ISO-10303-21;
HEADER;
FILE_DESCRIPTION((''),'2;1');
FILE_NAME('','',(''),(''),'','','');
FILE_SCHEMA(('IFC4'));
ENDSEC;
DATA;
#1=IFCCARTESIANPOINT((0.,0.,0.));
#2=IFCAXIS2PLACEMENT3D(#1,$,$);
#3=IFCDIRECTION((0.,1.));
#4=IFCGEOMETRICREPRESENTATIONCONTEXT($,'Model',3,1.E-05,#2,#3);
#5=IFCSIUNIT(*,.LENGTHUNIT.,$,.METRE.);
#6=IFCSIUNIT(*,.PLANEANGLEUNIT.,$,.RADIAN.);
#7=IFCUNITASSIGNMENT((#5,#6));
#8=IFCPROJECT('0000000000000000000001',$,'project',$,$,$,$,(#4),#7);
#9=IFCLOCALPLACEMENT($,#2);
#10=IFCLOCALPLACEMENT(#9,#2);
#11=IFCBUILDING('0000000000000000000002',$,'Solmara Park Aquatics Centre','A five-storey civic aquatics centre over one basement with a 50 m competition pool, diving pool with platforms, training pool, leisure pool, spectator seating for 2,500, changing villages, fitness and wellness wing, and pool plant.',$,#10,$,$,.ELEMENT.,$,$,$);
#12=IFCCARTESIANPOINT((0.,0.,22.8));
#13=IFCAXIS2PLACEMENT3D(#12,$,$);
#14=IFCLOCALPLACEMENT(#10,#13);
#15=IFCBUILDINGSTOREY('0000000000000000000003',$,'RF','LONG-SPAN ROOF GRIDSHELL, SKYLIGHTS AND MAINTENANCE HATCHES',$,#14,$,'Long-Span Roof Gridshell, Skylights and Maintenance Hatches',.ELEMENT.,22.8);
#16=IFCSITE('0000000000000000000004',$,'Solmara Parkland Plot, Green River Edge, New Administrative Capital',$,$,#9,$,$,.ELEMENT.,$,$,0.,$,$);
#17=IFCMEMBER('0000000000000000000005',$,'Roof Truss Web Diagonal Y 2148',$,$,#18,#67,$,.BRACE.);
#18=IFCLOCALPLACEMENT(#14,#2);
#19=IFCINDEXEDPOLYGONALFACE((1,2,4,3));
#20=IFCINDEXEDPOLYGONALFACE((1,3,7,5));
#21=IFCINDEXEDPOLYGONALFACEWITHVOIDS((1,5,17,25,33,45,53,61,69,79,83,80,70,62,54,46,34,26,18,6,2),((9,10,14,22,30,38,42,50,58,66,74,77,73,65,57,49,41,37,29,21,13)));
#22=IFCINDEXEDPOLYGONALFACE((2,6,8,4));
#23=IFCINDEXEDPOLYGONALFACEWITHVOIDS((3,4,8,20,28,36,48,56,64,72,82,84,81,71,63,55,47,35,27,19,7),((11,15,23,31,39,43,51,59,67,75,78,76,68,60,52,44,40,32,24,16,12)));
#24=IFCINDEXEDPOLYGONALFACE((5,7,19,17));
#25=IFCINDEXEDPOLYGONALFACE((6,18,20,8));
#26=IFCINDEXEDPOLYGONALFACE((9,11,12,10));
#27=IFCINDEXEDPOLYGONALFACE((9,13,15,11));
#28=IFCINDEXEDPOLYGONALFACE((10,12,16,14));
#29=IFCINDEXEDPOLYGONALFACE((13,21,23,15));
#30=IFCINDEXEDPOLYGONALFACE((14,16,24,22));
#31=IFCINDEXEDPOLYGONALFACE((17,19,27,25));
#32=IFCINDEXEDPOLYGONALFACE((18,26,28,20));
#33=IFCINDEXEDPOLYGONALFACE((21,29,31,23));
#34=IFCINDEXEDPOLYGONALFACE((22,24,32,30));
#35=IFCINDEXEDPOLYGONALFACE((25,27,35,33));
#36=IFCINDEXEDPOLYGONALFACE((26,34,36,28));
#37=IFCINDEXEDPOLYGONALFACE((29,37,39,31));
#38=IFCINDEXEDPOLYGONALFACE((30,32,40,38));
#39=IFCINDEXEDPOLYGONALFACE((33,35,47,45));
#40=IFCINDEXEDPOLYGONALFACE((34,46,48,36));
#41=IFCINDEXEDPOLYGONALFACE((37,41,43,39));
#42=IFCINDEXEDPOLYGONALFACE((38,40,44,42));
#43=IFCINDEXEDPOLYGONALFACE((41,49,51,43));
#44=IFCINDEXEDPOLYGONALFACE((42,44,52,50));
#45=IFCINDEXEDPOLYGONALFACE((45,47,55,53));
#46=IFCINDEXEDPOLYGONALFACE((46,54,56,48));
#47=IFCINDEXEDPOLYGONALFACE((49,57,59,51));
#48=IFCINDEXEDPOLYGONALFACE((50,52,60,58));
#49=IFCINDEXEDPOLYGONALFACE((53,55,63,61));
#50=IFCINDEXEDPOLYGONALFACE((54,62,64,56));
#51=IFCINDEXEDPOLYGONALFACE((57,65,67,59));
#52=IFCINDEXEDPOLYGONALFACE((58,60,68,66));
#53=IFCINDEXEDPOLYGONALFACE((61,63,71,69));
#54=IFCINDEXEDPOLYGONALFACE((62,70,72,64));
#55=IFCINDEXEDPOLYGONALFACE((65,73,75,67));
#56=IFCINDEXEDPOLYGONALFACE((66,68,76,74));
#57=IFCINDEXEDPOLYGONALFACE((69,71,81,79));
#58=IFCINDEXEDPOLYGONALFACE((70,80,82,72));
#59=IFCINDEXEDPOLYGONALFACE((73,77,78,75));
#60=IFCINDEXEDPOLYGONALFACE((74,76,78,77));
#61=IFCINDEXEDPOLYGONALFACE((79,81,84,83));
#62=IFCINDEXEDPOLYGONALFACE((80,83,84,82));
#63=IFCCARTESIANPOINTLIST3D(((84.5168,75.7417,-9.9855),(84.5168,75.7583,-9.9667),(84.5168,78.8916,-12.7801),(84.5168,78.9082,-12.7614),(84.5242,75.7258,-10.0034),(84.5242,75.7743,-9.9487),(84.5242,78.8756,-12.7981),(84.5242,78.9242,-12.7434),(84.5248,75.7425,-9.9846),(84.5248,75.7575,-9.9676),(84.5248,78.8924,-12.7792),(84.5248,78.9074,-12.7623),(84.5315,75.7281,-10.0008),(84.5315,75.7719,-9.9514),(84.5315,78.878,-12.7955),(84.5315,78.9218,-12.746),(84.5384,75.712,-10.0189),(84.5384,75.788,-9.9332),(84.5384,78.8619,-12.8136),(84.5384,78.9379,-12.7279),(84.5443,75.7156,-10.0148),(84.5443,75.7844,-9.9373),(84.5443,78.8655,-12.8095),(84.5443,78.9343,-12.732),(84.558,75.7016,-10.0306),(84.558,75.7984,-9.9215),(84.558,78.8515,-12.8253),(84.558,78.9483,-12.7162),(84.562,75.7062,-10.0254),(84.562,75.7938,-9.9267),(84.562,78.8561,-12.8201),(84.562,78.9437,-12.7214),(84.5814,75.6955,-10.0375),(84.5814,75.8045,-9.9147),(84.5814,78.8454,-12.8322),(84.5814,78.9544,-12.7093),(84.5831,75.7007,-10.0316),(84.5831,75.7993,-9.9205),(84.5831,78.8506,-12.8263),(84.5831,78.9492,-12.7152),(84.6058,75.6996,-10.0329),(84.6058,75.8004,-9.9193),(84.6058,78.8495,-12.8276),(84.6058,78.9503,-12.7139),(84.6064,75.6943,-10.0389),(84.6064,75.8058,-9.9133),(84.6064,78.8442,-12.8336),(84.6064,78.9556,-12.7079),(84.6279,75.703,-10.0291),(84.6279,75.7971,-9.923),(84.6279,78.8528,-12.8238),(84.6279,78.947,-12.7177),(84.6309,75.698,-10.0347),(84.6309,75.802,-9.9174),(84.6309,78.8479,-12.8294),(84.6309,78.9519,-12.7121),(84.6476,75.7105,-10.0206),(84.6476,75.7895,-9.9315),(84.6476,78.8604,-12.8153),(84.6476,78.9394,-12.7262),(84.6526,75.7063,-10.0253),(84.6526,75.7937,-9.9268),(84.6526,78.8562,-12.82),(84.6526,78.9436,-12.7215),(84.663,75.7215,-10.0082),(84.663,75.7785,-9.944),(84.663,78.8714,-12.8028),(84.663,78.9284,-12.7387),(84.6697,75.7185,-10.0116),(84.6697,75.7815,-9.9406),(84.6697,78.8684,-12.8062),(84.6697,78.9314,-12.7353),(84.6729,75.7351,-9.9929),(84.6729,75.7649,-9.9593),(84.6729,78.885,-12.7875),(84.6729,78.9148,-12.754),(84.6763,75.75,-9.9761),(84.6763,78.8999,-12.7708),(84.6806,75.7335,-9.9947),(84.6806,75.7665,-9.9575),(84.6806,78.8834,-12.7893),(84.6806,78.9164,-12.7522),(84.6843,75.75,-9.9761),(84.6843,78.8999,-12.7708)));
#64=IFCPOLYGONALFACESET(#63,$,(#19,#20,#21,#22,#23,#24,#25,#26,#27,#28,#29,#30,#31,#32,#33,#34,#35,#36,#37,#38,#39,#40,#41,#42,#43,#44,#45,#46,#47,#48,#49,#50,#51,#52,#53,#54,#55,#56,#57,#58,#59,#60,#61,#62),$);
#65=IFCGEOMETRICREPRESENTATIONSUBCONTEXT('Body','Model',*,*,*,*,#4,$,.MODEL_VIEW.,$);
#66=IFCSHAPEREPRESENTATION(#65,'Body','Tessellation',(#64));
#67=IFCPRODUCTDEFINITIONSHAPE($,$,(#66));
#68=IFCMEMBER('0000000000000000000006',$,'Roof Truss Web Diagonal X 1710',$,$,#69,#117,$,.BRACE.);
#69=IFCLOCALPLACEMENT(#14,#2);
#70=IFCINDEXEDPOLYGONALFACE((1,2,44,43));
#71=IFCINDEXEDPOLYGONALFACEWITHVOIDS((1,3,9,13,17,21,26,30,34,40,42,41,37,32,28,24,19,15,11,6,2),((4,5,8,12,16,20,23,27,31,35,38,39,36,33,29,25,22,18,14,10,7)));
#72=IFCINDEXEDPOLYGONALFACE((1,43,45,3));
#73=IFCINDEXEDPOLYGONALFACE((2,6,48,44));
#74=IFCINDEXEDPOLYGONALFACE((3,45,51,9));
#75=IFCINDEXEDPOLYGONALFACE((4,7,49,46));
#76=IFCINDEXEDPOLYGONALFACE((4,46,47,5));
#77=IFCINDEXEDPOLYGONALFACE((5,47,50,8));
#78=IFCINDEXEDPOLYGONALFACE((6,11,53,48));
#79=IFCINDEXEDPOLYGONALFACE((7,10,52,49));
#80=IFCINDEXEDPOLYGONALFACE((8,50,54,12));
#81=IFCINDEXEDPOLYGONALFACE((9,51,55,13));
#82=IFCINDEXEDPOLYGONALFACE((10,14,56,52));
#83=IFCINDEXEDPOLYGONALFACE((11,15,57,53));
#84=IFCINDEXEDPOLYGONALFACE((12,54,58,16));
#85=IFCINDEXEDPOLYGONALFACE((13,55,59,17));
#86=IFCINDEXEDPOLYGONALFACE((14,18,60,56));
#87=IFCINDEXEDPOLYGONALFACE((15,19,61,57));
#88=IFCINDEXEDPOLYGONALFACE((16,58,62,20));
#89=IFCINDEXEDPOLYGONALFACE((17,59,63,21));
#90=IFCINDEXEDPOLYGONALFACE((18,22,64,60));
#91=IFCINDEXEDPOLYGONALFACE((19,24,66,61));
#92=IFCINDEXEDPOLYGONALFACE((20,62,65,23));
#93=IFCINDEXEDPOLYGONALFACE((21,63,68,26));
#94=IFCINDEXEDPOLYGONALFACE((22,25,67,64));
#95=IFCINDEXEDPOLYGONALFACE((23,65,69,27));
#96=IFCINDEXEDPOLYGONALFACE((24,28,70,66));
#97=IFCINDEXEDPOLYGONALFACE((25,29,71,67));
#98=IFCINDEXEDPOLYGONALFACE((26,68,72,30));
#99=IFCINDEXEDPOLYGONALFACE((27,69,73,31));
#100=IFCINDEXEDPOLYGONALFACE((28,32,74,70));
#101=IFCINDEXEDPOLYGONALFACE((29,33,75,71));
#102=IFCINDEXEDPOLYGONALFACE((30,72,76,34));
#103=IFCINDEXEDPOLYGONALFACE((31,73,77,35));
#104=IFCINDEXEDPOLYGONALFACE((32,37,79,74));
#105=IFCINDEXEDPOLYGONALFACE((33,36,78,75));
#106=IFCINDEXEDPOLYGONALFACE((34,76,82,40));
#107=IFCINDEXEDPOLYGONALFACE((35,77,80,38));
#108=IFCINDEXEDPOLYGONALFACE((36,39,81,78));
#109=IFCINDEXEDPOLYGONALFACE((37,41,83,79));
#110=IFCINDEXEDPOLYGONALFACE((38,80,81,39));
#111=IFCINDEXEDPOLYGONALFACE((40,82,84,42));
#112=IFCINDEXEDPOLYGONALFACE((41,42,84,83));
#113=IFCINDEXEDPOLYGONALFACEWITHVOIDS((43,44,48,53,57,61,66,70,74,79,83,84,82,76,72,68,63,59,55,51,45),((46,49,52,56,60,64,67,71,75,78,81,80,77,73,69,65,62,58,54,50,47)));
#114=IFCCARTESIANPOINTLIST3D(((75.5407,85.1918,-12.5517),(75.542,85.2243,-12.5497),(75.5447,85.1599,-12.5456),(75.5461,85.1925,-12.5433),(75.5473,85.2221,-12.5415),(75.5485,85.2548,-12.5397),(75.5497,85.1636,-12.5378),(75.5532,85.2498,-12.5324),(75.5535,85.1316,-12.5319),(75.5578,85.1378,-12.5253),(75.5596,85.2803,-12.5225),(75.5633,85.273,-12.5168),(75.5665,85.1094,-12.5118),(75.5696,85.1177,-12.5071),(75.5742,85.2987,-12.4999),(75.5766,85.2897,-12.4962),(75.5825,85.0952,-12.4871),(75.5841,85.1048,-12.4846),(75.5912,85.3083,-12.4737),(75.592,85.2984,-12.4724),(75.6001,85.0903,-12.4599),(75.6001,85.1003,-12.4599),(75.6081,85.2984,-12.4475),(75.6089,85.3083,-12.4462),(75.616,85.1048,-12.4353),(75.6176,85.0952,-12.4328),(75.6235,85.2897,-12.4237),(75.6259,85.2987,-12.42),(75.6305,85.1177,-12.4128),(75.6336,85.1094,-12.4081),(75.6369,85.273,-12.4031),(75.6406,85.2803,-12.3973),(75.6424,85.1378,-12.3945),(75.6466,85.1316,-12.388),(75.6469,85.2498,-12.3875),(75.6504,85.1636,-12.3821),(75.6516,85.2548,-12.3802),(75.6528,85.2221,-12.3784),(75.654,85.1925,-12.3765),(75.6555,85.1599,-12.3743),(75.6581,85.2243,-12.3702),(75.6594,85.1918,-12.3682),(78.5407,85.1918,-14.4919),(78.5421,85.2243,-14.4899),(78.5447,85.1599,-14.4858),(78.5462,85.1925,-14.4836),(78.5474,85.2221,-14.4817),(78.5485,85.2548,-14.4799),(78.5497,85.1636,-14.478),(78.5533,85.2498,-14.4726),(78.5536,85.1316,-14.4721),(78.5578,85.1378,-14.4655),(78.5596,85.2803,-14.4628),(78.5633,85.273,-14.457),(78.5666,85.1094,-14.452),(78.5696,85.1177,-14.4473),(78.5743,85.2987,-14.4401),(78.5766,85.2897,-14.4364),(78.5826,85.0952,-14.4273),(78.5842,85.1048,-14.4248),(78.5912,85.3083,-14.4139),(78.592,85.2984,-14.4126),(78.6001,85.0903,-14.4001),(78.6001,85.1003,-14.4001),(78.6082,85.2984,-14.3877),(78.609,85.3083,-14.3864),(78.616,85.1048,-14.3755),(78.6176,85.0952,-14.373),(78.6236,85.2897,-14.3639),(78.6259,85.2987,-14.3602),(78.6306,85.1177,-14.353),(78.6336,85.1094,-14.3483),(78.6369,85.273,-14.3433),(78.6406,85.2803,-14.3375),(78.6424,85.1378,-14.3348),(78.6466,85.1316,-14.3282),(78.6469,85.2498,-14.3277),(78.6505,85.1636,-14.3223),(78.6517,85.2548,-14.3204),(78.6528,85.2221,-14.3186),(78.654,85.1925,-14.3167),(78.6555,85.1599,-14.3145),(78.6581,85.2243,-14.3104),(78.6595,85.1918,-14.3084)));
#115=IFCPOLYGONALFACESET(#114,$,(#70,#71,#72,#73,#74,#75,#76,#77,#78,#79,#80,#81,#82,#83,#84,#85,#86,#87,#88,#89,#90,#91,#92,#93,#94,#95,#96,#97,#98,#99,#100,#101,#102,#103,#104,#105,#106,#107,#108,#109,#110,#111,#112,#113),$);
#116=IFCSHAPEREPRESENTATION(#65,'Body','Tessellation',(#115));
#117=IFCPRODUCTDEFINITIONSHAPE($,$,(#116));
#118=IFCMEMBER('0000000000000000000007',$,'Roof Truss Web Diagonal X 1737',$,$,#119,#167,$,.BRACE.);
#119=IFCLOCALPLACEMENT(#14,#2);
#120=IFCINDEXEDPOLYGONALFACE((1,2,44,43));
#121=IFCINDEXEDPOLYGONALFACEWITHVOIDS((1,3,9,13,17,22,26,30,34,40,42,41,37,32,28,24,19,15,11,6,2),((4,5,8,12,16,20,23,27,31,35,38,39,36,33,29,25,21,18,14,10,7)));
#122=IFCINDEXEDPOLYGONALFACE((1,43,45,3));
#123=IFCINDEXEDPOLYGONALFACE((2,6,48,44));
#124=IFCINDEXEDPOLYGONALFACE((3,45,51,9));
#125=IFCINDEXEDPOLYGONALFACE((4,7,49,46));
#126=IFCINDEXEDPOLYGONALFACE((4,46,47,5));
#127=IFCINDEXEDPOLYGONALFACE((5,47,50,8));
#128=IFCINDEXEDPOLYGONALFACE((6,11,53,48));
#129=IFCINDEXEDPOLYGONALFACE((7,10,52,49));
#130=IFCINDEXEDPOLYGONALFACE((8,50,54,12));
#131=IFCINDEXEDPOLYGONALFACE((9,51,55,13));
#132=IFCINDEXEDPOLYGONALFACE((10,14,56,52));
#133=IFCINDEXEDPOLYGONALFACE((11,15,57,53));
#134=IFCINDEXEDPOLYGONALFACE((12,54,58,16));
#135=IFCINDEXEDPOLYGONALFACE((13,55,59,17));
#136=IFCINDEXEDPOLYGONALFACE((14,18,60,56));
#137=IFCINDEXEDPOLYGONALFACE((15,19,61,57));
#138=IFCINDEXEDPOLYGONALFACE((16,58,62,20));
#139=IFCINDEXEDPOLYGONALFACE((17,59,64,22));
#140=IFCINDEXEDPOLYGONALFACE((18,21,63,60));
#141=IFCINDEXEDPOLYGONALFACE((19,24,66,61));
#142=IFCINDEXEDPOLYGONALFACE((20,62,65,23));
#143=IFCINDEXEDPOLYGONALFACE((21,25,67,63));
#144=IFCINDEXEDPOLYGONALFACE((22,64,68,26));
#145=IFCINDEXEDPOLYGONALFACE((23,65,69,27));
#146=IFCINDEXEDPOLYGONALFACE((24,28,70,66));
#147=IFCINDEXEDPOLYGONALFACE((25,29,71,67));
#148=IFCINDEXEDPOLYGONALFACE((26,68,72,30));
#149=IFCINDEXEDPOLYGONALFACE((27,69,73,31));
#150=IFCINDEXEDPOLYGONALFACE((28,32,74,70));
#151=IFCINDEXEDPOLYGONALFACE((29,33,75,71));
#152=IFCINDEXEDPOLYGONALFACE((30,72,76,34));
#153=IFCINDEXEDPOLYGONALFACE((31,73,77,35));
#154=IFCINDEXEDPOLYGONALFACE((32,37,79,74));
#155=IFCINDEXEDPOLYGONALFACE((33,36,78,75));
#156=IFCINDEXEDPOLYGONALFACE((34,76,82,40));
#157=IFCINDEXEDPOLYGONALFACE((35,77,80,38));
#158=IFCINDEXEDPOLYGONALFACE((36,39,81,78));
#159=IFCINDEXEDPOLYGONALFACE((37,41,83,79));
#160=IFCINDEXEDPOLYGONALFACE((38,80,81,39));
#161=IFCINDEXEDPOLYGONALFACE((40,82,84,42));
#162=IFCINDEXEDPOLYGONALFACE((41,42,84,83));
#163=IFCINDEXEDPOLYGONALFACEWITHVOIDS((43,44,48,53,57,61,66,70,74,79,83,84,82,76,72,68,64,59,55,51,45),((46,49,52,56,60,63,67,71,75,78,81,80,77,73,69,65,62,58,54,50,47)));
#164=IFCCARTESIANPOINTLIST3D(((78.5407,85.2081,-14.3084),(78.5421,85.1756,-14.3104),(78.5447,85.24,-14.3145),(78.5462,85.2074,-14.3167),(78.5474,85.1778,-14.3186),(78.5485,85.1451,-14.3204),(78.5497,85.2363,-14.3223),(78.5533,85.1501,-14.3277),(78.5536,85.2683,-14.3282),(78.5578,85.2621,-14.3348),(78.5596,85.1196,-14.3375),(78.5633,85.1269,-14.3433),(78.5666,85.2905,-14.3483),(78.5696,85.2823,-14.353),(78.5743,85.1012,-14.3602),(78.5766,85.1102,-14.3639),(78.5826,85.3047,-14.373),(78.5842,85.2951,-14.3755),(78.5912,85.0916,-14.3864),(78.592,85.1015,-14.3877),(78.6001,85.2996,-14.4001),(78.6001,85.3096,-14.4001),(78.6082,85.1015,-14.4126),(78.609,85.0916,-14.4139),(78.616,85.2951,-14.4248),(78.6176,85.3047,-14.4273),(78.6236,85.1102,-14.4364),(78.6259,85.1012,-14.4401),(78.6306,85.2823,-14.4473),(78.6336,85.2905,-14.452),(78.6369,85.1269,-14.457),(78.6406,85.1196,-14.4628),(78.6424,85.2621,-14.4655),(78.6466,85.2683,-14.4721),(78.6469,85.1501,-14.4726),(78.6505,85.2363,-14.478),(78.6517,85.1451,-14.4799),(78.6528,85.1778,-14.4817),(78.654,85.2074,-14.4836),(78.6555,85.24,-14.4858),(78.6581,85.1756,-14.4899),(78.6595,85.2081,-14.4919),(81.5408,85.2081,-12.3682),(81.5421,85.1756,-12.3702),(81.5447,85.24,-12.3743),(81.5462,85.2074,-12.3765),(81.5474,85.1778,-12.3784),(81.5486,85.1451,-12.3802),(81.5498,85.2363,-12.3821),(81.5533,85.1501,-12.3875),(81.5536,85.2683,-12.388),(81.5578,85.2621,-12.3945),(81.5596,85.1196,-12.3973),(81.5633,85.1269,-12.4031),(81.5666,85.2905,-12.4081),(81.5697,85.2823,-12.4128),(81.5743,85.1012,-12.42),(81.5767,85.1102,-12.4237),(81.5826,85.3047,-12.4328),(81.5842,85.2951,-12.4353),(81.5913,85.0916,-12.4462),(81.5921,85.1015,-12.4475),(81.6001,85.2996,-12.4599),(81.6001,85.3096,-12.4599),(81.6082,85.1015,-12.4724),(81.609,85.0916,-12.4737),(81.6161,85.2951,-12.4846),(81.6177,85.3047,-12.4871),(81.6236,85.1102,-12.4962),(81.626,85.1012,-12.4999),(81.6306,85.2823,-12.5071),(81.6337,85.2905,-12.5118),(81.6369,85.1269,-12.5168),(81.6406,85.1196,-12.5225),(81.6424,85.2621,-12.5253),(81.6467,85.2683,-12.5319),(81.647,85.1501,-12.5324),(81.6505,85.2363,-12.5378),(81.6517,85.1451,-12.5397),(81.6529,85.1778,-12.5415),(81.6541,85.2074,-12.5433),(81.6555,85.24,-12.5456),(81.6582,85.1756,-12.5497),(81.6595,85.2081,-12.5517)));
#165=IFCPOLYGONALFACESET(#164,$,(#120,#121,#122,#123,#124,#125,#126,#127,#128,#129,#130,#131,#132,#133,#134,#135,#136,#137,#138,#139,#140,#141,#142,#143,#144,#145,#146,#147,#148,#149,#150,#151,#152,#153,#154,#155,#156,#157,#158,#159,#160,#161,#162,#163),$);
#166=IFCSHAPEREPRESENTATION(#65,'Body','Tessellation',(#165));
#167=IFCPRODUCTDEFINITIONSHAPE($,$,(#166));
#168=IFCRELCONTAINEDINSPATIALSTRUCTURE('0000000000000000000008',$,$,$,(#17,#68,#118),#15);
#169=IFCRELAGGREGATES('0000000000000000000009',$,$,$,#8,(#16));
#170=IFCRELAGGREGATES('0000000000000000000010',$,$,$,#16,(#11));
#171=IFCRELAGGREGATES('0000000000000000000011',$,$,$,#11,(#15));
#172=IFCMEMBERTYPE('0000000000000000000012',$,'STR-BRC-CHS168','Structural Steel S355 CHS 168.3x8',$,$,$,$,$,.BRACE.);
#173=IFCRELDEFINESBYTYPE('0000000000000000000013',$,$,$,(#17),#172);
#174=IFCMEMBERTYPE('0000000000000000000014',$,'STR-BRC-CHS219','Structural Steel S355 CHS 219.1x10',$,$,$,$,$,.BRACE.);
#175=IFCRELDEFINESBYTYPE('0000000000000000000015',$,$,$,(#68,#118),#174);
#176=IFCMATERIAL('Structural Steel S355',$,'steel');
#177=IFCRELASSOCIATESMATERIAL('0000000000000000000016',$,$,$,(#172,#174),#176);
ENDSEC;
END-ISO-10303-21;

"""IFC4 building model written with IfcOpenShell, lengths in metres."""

from ifc_helpers import new_model, si_unit, direction, frame, origin, origin_2d, place, context, subcontext, project, spatial, hollow_circle, extrude, material, material_profile, profile_set, type_object, element, save


model = new_model("IFC4")

# Units and contexts
model_context = context("Model", 3, precision=1e-05, world=origin(), true_north=direction((0.0, 1.0)))
body_context = subcontext(model_context, "Body", "Model", "MODEL_VIEW")
ifc_project = project(units=[si_unit("LENGTHUNIT", "METRE"), si_unit("PLANEANGLEUNIT", "RADIAN")], contexts=[model_context])

# Site, building, storey
site_placement = place(None, origin())
site = spatial("IfcSite", under=ifc_project, at=site_placement, Name="Solmara Parkland Plot, Green River Edge, New Administrative Capital", CompositionType="ELEMENT", RefElevation=0.0)
building_placement = place(site_placement, origin())
building = spatial("IfcBuilding", under=site, at=building_placement, Name="Solmara Park Aquatics Centre", Description="A five-storey civic aquatics centre over one basement with a 50 m competition pool, diving pool with platforms, training pool, leisure pool, spectator seating for 2,500, changing villages, fitness and wellness wing, and pool plant.", CompositionType="ELEMENT")
storey_placement = place(building_placement, frame((0.0, 0.0, 22.8)))
storey = spatial("IfcBuildingStorey", under=building, at=storey_placement, Name="RF", Description="LONG-SPAN ROOF GRIDSHELL, SKYLIGHTS AND MAINTENANCE HATCHES", LongName="Long-Span Roof Gridshell, Skylights and Maintenance Hatches", CompositionType="ELEMENT", Elevation=22.8)

# Members
ifc_material_1 = material(Name="Structural Steel S355", Category="steel")
ifc_material_profile_1 = material_profile(ifc_material_1, hollow_circle(Radius=0.0842, WallThickness=0.0081, at=origin_2d()), Name="CHS 168.3x8")
ifc_profile_set_1 = profile_set([ifc_material_profile_1], Name="Structural Steel S355")
member_type_1 = type_object("IfcMemberType", Name="STR-BRC-CHS168", Description="Structural Steel S355 CHS 168.3x8", PredefinedType="BRACE", material=ifc_profile_set_1)
member_1_placement = place(storey_placement, frame((84.6001, 78.8999, -12.7708), z_axis=(0.0, -0.748026, 0.663669), x_axis=(1.0, 0.0, 0.0)))
element("IfcMember", 1, at=member_1_placement, inside=storey, type_object=member_type_1, Name="Roof Truss Web Diagonal Y 2148", PredefinedType="BRACE", context=body_context, shape_type="SweptSolid", body=[
    extrude(hollow_circle(Radius=0.0842, WallThickness=0.0081, at=origin_2d()), origin(), (0.0, 0.0, 1.0), 4.2109),
])
ifc_material_profile_2 = material_profile(ifc_material_1, hollow_circle(Radius=0.1096, WallThickness=0.01, at=origin_2d()), Name="CHS 219.1x10")
ifc_profile_set_2 = profile_set([ifc_material_profile_2], Name="Structural Steel S355")
member_type_2 = type_object("IfcMemberType", Name="STR-BRC-CHS219", Description="Structural Steel S355 CHS 219.1x10", PredefinedType="BRACE", material=ifc_profile_set_2)
for number, where, z_axis, x_axis, name in (
    (2, (78.6001, 85.2, -14.4001), (-0.839697, 0.0, 0.543056), (0.0, -1.0, 0.0), "Roof Truss Web Diagonal X 1710"),
    (3, (78.6001, 85.2, -14.4001), (0.839697, 0.0, 0.543056), (0.0, 1.0, 0.0), "Roof Truss Web Diagonal X 1737"),
):
    element("IfcMember", number, at=place(storey_placement, frame(where, z_axis=z_axis, x_axis=x_axis)), inside=storey, type_object=member_type_2, Name=name, PredefinedType="BRACE", context=body_context, shape_type="SweptSolid", body=[
        extrude(hollow_circle(Radius=0.1096, WallThickness=0.01, at=origin_2d()), origin(), (0.0, 0.0, 1.0), 3.5728),
    ])

save(model, "model.ifc")
